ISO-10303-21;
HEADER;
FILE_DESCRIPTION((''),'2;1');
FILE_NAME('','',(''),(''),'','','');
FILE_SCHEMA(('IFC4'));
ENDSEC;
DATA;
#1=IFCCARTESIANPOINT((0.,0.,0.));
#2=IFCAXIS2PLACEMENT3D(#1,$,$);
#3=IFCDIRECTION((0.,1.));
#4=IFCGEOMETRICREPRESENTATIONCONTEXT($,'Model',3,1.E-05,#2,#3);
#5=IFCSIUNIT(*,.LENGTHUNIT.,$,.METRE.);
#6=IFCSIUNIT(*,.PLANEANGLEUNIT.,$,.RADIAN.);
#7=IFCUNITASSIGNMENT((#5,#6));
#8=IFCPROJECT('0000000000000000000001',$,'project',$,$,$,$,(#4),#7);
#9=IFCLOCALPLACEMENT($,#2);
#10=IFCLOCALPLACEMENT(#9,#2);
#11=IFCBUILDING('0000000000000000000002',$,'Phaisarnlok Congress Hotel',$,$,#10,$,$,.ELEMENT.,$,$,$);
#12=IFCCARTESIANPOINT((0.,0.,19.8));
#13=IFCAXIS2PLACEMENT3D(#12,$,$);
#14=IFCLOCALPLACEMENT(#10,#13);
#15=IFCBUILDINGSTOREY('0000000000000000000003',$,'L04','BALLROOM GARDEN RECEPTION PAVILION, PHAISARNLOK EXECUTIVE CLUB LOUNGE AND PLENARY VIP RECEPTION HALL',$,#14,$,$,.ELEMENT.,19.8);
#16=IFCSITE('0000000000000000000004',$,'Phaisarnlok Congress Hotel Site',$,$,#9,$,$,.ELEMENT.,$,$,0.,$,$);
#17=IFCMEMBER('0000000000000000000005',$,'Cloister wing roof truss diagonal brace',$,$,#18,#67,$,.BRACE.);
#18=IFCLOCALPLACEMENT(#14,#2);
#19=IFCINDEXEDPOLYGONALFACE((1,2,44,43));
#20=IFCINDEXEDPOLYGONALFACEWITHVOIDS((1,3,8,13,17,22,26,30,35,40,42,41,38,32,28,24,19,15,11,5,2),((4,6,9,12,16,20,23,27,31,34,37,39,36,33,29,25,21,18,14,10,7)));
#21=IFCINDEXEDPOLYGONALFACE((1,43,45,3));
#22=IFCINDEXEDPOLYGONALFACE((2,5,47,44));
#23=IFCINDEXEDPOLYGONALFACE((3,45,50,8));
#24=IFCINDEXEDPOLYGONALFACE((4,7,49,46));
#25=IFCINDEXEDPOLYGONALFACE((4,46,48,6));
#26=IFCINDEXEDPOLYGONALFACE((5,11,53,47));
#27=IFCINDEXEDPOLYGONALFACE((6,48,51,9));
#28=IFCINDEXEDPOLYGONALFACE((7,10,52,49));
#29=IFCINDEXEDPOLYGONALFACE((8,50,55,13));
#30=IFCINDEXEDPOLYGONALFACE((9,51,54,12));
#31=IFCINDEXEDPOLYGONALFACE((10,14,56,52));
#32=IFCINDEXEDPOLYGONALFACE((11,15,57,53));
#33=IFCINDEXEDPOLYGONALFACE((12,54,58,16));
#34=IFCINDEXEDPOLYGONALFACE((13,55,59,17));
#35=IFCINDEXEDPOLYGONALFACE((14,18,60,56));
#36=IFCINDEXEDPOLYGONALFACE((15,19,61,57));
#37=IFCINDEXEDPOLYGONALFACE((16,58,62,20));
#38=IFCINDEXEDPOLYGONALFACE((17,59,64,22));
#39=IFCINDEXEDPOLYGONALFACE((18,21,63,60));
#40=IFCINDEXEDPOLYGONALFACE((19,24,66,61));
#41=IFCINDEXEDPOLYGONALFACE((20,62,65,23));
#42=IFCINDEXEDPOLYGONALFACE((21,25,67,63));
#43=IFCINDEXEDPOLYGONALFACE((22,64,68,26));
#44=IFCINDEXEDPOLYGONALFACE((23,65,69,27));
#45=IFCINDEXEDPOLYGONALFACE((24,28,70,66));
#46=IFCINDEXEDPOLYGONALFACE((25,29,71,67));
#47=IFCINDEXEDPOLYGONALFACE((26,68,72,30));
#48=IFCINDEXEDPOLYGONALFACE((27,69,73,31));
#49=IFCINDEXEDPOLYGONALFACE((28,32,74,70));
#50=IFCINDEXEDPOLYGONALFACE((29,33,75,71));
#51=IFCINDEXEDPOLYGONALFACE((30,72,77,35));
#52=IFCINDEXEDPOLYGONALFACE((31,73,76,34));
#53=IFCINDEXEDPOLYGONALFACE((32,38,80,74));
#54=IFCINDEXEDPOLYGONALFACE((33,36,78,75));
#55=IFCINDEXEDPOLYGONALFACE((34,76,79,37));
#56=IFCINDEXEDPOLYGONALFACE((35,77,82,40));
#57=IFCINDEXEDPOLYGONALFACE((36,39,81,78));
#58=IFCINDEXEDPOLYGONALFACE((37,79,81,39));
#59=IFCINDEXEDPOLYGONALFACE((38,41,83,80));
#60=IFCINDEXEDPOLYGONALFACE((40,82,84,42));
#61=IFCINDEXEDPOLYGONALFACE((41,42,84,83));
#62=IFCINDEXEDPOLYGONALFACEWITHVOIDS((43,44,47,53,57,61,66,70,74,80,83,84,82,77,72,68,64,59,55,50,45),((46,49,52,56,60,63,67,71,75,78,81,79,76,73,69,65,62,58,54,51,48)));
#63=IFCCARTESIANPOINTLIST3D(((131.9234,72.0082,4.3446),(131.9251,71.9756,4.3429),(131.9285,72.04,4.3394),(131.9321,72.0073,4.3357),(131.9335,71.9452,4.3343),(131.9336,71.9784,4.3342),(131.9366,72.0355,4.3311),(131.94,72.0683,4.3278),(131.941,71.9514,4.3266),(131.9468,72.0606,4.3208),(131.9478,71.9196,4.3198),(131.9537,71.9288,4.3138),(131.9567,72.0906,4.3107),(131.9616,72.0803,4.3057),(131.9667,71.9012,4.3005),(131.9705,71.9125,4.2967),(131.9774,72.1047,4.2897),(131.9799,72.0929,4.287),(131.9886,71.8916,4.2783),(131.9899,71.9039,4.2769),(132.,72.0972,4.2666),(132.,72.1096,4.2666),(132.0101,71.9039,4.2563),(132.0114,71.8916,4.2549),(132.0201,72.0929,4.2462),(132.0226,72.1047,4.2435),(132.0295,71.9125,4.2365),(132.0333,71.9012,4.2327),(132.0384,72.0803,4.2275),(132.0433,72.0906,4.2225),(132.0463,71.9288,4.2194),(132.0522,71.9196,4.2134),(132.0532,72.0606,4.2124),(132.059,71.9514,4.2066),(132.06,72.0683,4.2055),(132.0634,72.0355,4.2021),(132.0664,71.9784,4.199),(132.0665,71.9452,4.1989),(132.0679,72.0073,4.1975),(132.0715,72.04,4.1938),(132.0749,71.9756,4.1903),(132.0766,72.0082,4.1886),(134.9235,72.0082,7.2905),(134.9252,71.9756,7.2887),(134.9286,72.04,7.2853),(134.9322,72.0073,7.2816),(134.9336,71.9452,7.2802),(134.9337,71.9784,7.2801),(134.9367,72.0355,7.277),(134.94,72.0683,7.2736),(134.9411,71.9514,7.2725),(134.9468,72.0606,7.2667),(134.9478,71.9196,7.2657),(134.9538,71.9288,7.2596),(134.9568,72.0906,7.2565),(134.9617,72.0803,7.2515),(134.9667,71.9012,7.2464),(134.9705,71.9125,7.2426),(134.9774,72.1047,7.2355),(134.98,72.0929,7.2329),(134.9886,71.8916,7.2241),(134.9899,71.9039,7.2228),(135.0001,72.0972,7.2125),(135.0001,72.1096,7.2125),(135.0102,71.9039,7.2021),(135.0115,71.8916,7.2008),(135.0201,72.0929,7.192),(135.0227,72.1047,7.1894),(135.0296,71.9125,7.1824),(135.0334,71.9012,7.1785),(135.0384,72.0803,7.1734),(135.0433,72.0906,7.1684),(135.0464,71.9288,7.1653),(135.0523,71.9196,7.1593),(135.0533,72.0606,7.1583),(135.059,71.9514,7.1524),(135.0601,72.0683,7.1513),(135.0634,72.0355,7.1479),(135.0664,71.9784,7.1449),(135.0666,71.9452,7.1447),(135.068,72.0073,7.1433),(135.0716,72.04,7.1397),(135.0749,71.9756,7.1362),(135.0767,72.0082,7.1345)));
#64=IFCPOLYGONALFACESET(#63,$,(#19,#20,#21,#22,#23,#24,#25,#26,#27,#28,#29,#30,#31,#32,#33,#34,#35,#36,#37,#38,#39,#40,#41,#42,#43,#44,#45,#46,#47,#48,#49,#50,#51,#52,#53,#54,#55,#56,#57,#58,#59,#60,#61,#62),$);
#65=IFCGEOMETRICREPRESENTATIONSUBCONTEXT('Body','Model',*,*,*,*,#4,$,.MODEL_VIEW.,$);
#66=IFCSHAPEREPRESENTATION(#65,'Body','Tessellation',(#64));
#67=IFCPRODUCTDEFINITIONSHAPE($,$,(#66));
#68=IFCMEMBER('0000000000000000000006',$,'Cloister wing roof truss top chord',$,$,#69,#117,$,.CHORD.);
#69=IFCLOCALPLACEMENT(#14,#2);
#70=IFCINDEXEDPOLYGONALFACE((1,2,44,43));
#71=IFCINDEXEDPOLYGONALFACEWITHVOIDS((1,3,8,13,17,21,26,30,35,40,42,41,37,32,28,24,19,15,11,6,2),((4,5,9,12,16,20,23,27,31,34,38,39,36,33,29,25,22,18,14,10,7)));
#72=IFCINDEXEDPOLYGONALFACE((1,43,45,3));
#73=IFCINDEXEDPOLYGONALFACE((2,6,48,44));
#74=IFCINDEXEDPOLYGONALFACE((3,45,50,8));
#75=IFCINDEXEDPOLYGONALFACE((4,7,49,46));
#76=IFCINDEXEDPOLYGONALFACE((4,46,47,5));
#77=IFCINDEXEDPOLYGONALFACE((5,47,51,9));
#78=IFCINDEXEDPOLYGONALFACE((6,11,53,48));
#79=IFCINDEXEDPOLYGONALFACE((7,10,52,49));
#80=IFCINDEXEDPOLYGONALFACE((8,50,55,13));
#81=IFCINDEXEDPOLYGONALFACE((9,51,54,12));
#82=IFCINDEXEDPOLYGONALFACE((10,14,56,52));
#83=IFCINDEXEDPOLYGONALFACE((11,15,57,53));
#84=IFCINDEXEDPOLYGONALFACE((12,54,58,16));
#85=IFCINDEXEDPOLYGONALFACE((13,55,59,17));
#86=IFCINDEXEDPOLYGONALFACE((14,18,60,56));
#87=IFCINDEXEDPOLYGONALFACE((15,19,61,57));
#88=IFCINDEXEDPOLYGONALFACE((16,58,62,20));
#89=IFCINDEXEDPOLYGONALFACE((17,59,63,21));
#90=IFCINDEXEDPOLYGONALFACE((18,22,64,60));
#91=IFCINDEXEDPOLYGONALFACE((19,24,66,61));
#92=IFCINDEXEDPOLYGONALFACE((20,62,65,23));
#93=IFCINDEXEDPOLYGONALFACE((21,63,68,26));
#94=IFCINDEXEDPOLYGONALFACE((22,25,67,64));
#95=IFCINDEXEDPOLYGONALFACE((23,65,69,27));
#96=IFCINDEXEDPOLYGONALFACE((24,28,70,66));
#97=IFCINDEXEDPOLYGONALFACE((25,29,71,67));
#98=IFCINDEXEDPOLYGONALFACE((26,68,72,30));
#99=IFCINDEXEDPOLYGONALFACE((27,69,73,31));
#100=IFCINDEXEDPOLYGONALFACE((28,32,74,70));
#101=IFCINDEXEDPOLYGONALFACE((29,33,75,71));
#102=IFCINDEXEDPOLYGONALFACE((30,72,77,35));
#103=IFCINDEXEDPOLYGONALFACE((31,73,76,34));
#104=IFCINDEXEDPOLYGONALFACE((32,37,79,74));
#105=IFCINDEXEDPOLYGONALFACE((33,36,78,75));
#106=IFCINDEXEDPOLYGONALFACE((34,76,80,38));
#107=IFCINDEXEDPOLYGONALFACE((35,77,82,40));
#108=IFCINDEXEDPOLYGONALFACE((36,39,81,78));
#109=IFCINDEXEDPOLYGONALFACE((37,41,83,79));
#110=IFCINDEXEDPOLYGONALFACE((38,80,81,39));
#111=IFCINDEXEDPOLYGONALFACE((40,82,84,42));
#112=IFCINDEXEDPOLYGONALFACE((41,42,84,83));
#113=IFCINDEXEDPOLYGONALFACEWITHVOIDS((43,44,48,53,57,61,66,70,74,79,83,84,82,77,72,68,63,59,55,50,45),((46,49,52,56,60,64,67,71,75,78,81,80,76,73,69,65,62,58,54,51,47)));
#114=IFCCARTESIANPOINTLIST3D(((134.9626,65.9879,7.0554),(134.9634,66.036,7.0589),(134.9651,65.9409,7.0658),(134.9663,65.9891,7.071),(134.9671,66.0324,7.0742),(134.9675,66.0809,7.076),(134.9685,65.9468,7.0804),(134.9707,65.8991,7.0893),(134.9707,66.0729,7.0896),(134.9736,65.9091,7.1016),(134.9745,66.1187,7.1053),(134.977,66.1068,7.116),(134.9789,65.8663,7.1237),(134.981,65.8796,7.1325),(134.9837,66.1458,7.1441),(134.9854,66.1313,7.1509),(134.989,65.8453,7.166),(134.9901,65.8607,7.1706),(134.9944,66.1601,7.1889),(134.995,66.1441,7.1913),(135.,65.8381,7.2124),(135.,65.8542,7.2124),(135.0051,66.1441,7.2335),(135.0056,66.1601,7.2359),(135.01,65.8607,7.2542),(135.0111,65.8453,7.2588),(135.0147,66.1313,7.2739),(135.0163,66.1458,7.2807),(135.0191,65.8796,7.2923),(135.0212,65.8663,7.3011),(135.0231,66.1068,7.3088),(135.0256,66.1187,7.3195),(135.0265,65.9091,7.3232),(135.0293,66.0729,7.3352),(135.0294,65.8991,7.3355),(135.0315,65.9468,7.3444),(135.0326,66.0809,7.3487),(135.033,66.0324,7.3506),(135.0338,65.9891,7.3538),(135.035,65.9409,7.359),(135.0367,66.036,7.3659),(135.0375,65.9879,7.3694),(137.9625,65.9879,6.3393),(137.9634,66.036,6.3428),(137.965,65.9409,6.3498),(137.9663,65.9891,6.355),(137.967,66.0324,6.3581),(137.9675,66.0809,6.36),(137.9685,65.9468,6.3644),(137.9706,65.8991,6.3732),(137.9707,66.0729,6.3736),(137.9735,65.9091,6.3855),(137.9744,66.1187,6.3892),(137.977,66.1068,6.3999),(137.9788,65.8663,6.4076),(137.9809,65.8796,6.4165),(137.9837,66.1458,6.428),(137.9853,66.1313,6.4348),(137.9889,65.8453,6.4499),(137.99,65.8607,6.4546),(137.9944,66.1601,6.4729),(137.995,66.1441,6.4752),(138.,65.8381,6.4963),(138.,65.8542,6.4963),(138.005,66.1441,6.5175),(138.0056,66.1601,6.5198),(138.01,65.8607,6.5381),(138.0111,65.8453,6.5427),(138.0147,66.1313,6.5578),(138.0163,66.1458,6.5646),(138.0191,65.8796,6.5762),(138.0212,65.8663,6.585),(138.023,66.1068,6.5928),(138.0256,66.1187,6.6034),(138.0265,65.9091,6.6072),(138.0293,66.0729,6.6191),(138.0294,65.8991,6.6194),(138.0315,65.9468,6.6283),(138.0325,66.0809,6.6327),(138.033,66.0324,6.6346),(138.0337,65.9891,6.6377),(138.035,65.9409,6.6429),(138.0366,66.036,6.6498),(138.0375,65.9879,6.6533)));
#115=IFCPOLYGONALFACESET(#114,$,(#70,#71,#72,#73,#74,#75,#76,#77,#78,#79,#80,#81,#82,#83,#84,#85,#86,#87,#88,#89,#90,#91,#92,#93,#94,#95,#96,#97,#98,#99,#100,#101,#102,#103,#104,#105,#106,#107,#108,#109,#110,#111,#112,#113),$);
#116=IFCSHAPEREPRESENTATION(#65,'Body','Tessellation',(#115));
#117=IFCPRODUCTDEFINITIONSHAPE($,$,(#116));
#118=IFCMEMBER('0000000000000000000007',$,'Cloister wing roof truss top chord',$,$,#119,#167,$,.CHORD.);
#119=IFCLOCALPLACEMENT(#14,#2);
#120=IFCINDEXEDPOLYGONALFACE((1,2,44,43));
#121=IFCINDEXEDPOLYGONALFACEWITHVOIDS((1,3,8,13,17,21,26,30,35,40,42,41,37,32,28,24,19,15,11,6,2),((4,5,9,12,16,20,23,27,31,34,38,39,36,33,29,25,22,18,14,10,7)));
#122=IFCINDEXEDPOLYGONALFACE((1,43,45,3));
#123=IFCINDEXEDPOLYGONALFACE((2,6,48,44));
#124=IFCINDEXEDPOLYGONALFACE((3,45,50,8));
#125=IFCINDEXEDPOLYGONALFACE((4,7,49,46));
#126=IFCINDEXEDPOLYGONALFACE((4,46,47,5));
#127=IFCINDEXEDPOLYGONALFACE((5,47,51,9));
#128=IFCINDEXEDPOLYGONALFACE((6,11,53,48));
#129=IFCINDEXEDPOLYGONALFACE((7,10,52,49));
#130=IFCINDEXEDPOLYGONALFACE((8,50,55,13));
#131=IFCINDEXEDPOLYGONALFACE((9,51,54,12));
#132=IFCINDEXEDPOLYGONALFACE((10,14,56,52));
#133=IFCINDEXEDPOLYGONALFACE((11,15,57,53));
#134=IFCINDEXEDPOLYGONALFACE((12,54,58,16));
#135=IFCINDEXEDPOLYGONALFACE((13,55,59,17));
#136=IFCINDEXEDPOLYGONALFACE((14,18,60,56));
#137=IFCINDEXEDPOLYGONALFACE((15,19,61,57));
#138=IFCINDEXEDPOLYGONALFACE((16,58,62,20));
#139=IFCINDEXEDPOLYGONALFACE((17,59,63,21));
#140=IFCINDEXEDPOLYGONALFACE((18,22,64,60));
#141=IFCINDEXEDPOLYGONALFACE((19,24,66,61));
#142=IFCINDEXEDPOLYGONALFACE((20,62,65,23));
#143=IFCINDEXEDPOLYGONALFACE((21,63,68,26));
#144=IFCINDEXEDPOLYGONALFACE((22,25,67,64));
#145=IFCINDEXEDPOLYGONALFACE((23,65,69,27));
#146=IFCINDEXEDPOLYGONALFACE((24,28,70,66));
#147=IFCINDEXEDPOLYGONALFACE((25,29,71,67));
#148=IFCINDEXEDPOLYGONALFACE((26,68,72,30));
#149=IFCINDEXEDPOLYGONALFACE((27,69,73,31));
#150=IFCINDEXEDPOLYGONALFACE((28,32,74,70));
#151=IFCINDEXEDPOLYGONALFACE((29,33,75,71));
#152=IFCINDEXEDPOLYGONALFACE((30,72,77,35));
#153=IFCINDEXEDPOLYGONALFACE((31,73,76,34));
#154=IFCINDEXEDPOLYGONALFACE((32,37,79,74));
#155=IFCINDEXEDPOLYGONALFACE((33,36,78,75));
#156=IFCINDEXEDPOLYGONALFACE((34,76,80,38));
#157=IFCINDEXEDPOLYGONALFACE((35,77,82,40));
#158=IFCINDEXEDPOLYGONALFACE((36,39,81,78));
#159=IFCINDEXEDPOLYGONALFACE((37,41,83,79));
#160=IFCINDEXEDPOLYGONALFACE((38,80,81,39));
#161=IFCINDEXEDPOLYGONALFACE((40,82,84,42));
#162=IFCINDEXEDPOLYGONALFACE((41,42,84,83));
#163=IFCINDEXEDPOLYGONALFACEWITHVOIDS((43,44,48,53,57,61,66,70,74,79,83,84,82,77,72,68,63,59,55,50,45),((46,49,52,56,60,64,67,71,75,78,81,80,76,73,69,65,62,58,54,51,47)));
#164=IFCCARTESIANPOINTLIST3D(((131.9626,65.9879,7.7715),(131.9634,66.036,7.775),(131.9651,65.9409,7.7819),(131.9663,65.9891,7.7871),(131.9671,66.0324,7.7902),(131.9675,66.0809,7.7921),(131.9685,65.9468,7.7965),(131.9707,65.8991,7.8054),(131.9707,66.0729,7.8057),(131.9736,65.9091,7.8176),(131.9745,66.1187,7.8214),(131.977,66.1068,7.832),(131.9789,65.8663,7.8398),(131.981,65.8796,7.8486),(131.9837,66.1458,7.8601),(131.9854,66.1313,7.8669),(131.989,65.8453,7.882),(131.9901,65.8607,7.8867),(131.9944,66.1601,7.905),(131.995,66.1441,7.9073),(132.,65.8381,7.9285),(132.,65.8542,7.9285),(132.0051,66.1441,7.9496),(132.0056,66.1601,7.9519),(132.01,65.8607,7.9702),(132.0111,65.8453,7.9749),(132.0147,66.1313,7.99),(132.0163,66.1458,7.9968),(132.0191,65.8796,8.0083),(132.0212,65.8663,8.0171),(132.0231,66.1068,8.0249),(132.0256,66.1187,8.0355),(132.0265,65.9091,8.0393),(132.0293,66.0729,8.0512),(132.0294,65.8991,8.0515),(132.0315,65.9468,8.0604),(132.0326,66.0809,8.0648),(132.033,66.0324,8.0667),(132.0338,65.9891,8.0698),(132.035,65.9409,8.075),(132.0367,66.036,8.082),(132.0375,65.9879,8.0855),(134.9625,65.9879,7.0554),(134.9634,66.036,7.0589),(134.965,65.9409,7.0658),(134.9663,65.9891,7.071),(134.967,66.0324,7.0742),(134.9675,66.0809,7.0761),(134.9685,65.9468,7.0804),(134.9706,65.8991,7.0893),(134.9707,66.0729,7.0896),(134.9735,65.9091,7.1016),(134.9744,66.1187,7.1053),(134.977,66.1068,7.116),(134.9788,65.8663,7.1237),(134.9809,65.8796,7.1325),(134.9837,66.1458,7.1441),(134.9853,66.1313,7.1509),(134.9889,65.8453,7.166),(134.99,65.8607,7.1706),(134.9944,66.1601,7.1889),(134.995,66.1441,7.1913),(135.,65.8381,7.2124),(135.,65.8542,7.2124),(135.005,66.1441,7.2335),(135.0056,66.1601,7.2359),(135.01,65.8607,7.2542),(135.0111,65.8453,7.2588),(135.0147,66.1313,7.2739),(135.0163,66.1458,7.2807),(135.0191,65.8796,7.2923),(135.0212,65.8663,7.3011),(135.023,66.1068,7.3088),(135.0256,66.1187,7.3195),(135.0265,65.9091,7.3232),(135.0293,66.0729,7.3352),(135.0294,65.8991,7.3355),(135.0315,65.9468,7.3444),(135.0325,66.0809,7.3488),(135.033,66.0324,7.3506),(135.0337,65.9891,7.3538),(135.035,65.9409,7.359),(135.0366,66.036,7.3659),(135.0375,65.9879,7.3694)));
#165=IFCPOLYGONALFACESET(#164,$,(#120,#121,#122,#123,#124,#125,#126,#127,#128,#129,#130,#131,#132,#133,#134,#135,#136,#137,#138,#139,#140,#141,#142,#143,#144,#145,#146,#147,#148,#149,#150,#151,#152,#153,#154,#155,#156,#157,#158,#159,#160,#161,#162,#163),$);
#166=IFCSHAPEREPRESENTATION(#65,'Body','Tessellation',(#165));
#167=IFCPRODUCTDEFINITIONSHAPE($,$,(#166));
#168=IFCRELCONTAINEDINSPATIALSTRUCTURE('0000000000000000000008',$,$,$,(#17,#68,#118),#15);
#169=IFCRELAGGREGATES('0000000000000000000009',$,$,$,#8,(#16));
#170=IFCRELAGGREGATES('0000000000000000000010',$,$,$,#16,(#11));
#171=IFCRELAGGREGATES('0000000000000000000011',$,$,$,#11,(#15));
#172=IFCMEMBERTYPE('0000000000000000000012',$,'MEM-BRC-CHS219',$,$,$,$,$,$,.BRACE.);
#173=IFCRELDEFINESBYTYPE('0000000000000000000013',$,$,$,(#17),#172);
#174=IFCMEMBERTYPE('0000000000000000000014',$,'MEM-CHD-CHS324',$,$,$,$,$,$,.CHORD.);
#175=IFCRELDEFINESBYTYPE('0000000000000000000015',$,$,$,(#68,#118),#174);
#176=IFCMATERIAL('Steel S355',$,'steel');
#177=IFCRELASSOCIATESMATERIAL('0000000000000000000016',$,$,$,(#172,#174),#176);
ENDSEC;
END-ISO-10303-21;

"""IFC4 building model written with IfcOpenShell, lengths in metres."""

from ifc_helpers import new_model, si_unit, direction, frame, origin, origin_2d, place, context, subcontext, project, spatial, hollow_circle, extrude, material, material_profile, profile_set, type_object, element, save


model = new_model("IFC4")

# Units and contexts
model_context = context("Model", 3, precision=1e-05, world=origin(), true_north=direction((0.0, 1.0)))
body_context = subcontext(model_context, "Body", "Model", "MODEL_VIEW")
ifc_project = project(units=[si_unit("LENGTHUNIT", "METRE"), si_unit("PLANEANGLEUNIT", "RADIAN")], contexts=[model_context])

# Site, building, storey
site_placement = place(None, origin())
site = spatial("IfcSite", under=ifc_project, at=site_placement, Name="Phaisarnlok Congress Hotel Site", CompositionType="ELEMENT", RefElevation=0.0)
building_placement = place(site_placement, origin())
building = spatial("IfcBuilding", under=site, at=building_placement, Name="Phaisarnlok Congress Hotel", CompositionType="ELEMENT")
storey_placement = place(building_placement, frame((0.0, 0.0, 19.8)))
storey = spatial("IfcBuildingStorey", under=building, at=storey_placement, Name="L04", Description="BALLROOM GARDEN RECEPTION PAVILION, PHAISARNLOK EXECUTIVE CLUB LOUNGE AND PLENARY VIP RECEPTION HALL", CompositionType="ELEMENT", Elevation=19.8)

# Shared definitions
ifc_material_1 = material(Name="Steel S355", Category="steel")

# Members
ifc_material_profile_1 = material_profile(ifc_material_1, hollow_circle(Radius=0.1096, WallThickness=0.0125, at=origin_2d()), Name="CHS 219.1x12.5")
ifc_profile_set_1 = profile_set([ifc_material_profile_1], Name="Steel S355")
member_type_1 = type_object("IfcMemberType", Name="MEM-BRC-CHS219", PredefinedType="BRACE", material=ifc_profile_set_1)
member_1_placement = place(storey_placement, frame((132.0, 72.0, 4.2666), z_axis=(0.713523, 0.0, 0.700632), x_axis=(0.0, 1.0, 0.0)))
element("IfcMember", 1, at=member_1_placement, inside=storey, type_object=member_type_1, Name="Cloister wing roof truss diagonal brace", PredefinedType="BRACE", context=body_context, shape_type="SweptSolid", body=[
    extrude(hollow_circle(Radius=0.1096, WallThickness=0.0125, at=origin_2d()), origin(), (0.0, 0.0, 1.0), 4.2046),
])
ifc_material_profile_2 = material_profile(ifc_material_1, hollow_circle(Radius=0.1619, WallThickness=0.0161, at=origin_2d()), Name="CHS 323.9x16")
ifc_profile_set_2 = profile_set([ifc_material_profile_2], Name="Steel S355")
member_type_2 = type_object("IfcMemberType", Name="MEM-CHD-CHS324", PredefinedType="CHORD", material=ifc_profile_set_2)
for number, where, z_axis, x_axis, name in (
    (2, (138.0, 66.0, 6.4963), (-0.972676, 0.0, 0.232166), (0.0, -1.0, 0.0), "Cloister wing roof truss top chord"),
    (3, (135.0, 66.0, 7.2124), (-0.972676, 0.0, 0.232166), (0.0, -1.0, 0.0), "Cloister wing roof truss top chord"),
):
    element("IfcMember", number, at=place(storey_placement, frame(where, z_axis=z_axis, x_axis=x_axis)), inside=storey, type_object=member_type_2, Name=name, PredefinedType="CHORD", context=body_context, shape_type="SweptSolid", body=[
        extrude(hollow_circle(Radius=0.1619, WallThickness=0.0161, at=origin_2d()), origin(), (0.0, 0.0, 1.0), 3.0842),
    ])

save(model, "model.ifc")
